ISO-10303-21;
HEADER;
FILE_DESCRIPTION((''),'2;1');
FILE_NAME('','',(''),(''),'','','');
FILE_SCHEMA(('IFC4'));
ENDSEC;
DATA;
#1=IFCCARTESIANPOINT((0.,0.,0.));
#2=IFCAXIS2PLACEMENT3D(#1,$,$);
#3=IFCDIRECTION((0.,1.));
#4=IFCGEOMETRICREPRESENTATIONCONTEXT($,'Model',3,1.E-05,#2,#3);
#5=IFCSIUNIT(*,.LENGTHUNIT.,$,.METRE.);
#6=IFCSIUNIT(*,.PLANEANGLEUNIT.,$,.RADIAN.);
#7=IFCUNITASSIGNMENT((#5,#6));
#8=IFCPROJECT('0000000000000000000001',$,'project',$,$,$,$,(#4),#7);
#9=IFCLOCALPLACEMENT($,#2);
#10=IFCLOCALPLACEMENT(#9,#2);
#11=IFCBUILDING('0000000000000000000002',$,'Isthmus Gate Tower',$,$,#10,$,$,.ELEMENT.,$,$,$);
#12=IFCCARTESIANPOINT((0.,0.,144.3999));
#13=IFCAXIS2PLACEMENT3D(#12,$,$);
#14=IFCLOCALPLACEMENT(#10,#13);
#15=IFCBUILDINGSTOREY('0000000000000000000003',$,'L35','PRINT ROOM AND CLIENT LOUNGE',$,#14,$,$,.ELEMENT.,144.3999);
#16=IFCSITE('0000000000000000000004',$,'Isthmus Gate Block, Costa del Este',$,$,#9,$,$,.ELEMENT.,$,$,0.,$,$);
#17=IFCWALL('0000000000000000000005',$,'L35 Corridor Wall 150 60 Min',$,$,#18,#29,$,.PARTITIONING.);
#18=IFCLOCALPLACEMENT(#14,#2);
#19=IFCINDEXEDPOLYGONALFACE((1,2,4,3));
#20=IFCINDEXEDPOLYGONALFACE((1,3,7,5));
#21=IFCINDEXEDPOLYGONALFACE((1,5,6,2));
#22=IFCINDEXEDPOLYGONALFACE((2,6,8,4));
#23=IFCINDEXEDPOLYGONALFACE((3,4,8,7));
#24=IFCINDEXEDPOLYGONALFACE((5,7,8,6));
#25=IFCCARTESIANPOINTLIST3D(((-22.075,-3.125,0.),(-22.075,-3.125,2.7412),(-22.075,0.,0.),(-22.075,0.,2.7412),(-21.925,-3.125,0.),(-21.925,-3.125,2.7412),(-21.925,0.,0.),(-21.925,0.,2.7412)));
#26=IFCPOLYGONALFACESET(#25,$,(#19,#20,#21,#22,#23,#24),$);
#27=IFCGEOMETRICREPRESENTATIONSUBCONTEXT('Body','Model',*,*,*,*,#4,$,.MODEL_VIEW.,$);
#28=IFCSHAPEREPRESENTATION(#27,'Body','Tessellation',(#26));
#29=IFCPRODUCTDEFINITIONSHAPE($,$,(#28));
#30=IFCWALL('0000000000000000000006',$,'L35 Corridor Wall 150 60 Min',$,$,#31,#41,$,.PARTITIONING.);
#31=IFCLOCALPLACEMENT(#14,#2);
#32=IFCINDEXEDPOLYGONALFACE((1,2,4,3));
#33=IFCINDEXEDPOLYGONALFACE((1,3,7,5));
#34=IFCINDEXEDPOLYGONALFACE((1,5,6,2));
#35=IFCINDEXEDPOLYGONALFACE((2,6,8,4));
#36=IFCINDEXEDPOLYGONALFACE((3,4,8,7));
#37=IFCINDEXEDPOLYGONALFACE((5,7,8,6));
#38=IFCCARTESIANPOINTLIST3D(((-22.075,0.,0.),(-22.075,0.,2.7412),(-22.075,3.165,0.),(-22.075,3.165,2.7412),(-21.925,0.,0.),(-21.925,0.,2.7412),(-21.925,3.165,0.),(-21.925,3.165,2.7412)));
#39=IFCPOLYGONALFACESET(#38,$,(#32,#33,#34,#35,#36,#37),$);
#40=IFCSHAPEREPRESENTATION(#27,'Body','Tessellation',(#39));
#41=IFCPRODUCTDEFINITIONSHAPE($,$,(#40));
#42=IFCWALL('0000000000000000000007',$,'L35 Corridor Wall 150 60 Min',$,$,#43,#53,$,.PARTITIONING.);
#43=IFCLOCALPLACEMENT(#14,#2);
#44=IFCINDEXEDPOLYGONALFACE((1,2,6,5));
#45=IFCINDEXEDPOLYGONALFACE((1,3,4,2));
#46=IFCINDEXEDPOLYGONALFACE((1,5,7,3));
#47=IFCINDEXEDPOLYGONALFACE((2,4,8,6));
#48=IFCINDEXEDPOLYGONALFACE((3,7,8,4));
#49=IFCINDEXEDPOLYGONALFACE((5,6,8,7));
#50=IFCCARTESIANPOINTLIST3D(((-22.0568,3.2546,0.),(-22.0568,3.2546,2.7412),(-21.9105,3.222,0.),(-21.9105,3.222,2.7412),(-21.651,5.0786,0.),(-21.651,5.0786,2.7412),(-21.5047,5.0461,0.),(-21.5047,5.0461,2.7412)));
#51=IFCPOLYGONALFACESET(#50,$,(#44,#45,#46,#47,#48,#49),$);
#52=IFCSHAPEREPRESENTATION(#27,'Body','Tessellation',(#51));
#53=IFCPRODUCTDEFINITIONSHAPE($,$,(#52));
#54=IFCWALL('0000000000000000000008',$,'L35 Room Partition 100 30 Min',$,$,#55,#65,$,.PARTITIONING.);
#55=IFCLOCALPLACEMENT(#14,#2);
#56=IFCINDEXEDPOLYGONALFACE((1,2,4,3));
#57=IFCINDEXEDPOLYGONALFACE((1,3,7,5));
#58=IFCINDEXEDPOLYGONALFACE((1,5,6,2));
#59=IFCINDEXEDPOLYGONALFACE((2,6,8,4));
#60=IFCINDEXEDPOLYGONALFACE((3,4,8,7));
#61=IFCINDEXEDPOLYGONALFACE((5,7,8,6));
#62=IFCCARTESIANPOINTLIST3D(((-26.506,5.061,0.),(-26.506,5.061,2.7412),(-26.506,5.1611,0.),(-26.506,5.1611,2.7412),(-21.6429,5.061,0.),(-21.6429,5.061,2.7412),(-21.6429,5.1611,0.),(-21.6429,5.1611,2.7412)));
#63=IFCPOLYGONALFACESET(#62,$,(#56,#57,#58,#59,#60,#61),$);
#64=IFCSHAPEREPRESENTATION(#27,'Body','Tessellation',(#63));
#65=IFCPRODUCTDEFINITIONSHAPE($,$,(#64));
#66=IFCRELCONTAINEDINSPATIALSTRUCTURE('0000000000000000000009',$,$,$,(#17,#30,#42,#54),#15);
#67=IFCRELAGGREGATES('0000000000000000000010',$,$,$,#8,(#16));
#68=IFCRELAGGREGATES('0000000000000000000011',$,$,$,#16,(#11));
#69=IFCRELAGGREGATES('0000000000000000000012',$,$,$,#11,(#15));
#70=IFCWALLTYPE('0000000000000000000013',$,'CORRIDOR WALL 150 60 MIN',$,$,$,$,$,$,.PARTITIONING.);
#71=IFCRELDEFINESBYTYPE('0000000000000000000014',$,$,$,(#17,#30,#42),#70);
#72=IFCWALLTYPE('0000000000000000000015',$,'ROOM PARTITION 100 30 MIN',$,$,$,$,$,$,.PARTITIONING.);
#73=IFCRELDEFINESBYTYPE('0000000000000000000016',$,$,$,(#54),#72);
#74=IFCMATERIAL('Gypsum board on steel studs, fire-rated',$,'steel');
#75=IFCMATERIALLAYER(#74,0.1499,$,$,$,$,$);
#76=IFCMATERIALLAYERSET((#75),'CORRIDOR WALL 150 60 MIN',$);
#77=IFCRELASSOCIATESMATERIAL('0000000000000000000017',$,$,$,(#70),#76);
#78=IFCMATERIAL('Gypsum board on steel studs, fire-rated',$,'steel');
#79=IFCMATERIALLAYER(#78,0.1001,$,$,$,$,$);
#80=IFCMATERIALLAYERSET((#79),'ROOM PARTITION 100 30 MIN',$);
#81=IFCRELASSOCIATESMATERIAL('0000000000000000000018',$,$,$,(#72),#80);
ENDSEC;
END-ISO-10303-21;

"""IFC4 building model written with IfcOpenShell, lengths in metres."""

from ifc_helpers import new_model, si_unit, direction, frame, frame_2d, origin, place, context, subcontext, project, spatial, rectangle, extrude, material, layer, layer_set, type_object, element, save


model = new_model("IFC4")

# Units and contexts
model_context = context("Model", 3, precision=1e-05, world=origin(), true_north=direction((0.0, 1.0)))
body_context = subcontext(model_context, "Body", "Model", "MODEL_VIEW")
ifc_project = project(units=[si_unit("LENGTHUNIT", "METRE"), si_unit("PLANEANGLEUNIT", "RADIAN")], contexts=[model_context])

# Site, building, storey
site_placement = place(None, origin())
site = spatial("IfcSite", under=ifc_project, at=site_placement, Name="Isthmus Gate Block, Costa del Este", CompositionType="ELEMENT", RefElevation=0.0)
building_placement = place(site_placement, origin())
building = spatial("IfcBuilding", under=site, at=building_placement, Name="Isthmus Gate Tower", CompositionType="ELEMENT")
storey_placement = place(building_placement, frame((0.0, 0.0, 144.3999)))
storey = spatial("IfcBuildingStorey", under=building, at=storey_placement, Name="L35", Description="PRINT ROOM AND CLIENT LOUNGE", CompositionType="ELEMENT", Elevation=144.3999)

# Shared definitions
ifc_material_1 = material(Name="Gypsum board on steel studs, fire-rated", Category="steel")
ifc_layer_1 = layer(ifc_material_1, 0.1499)
ifc_layer_set_1 = layer_set([ifc_layer_1], Name="CORRIDOR WALL 150 60 MIN")
wall_type_1 = type_object("IfcWallType", Name="CORRIDOR WALL 150 60 MIN", PredefinedType="PARTITIONING", material=ifc_layer_set_1)

# Walls
wall_1_placement = place(storey_placement, frame((-22.0, -3.125, 0.0), z_axis=(0.0, 0.0, 1.0), x_axis=(0.0, 1.0, 0.0)))
element("IfcWall", 1, at=wall_1_placement, inside=storey, type_object=wall_type_1, Name="L35 Corridor Wall 150 60 Min", PredefinedType="PARTITIONING", context=body_context, shape_type="SweptSolid", body=[
    extrude(rectangle(XDim=3.125, YDim=0.1499, at=frame_2d((1.5625, 0.0))), origin(), (0.0, 0.0, 1.0), 2.7412),
])
wall_2_placement = place(storey_placement, frame((-22.0, 0.0, 0.0), z_axis=(0.0, 0.0, 1.0), x_axis=(0.0, 1.0, 0.0)))
element("IfcWall", 2, at=wall_2_placement, inside=storey, type_object=wall_type_1, Name="L35 Corridor Wall 150 60 Min", PredefinedType="PARTITIONING", context=body_context, shape_type="SweptSolid", body=[
    extrude(rectangle(XDim=3.165, YDim=0.1499, at=frame_2d((1.5825, 0.0))), origin(), (0.0, 0.0, 1.0), 2.7412),
])
wall_3_placement = place(storey_placement, frame((-21.9836, 3.2383, 0.0), z_axis=(0.0, 0.0, 1.0), x_axis=(0.217152, 0.976138, 0.0)))
element("IfcWall", 3, at=wall_3_placement, inside=storey, type_object=wall_type_1, Name="L35 Corridor Wall 150 60 Min", PredefinedType="PARTITIONING", context=body_context, shape_type="SweptSolid", body=[
    extrude(rectangle(XDim=1.8687, YDim=0.1499, at=frame_2d((0.9343, 0.0))), origin(), (0.0, 0.0, 1.0), 2.7412),
])
ifc_material_2 = material(Name="Gypsum board on steel studs, fire-rated", Category="steel")
ifc_layer_2 = layer(ifc_material_2, 0.1001)
ifc_layer_set_2 = layer_set([ifc_layer_2], Name="ROOM PARTITION 100 30 MIN")
wall_type_2 = type_object("IfcWallType", Name="ROOM PARTITION 100 30 MIN", PredefinedType="PARTITIONING", material=ifc_layer_set_2)
wall_4_placement = place(storey_placement, frame((-26.5061, 5.1111, 0.0), z_axis=(0.0, 0.0, 1.0), x_axis=(1.0, 0.0, 0.0)))
element("IfcWall", 4, at=wall_4_placement, inside=storey, type_object=wall_type_2, Name="L35 Room Partition 100 30 Min", PredefinedType="PARTITIONING", context=body_context, shape_type="SweptSolid", body=[
    extrude(rectangle(XDim=4.863, YDim=0.1001, at=frame_2d((2.4316, 0.0))), origin(), (0.0, 0.0, 1.0), 2.7412),
])

save(model, "model.ifc")
